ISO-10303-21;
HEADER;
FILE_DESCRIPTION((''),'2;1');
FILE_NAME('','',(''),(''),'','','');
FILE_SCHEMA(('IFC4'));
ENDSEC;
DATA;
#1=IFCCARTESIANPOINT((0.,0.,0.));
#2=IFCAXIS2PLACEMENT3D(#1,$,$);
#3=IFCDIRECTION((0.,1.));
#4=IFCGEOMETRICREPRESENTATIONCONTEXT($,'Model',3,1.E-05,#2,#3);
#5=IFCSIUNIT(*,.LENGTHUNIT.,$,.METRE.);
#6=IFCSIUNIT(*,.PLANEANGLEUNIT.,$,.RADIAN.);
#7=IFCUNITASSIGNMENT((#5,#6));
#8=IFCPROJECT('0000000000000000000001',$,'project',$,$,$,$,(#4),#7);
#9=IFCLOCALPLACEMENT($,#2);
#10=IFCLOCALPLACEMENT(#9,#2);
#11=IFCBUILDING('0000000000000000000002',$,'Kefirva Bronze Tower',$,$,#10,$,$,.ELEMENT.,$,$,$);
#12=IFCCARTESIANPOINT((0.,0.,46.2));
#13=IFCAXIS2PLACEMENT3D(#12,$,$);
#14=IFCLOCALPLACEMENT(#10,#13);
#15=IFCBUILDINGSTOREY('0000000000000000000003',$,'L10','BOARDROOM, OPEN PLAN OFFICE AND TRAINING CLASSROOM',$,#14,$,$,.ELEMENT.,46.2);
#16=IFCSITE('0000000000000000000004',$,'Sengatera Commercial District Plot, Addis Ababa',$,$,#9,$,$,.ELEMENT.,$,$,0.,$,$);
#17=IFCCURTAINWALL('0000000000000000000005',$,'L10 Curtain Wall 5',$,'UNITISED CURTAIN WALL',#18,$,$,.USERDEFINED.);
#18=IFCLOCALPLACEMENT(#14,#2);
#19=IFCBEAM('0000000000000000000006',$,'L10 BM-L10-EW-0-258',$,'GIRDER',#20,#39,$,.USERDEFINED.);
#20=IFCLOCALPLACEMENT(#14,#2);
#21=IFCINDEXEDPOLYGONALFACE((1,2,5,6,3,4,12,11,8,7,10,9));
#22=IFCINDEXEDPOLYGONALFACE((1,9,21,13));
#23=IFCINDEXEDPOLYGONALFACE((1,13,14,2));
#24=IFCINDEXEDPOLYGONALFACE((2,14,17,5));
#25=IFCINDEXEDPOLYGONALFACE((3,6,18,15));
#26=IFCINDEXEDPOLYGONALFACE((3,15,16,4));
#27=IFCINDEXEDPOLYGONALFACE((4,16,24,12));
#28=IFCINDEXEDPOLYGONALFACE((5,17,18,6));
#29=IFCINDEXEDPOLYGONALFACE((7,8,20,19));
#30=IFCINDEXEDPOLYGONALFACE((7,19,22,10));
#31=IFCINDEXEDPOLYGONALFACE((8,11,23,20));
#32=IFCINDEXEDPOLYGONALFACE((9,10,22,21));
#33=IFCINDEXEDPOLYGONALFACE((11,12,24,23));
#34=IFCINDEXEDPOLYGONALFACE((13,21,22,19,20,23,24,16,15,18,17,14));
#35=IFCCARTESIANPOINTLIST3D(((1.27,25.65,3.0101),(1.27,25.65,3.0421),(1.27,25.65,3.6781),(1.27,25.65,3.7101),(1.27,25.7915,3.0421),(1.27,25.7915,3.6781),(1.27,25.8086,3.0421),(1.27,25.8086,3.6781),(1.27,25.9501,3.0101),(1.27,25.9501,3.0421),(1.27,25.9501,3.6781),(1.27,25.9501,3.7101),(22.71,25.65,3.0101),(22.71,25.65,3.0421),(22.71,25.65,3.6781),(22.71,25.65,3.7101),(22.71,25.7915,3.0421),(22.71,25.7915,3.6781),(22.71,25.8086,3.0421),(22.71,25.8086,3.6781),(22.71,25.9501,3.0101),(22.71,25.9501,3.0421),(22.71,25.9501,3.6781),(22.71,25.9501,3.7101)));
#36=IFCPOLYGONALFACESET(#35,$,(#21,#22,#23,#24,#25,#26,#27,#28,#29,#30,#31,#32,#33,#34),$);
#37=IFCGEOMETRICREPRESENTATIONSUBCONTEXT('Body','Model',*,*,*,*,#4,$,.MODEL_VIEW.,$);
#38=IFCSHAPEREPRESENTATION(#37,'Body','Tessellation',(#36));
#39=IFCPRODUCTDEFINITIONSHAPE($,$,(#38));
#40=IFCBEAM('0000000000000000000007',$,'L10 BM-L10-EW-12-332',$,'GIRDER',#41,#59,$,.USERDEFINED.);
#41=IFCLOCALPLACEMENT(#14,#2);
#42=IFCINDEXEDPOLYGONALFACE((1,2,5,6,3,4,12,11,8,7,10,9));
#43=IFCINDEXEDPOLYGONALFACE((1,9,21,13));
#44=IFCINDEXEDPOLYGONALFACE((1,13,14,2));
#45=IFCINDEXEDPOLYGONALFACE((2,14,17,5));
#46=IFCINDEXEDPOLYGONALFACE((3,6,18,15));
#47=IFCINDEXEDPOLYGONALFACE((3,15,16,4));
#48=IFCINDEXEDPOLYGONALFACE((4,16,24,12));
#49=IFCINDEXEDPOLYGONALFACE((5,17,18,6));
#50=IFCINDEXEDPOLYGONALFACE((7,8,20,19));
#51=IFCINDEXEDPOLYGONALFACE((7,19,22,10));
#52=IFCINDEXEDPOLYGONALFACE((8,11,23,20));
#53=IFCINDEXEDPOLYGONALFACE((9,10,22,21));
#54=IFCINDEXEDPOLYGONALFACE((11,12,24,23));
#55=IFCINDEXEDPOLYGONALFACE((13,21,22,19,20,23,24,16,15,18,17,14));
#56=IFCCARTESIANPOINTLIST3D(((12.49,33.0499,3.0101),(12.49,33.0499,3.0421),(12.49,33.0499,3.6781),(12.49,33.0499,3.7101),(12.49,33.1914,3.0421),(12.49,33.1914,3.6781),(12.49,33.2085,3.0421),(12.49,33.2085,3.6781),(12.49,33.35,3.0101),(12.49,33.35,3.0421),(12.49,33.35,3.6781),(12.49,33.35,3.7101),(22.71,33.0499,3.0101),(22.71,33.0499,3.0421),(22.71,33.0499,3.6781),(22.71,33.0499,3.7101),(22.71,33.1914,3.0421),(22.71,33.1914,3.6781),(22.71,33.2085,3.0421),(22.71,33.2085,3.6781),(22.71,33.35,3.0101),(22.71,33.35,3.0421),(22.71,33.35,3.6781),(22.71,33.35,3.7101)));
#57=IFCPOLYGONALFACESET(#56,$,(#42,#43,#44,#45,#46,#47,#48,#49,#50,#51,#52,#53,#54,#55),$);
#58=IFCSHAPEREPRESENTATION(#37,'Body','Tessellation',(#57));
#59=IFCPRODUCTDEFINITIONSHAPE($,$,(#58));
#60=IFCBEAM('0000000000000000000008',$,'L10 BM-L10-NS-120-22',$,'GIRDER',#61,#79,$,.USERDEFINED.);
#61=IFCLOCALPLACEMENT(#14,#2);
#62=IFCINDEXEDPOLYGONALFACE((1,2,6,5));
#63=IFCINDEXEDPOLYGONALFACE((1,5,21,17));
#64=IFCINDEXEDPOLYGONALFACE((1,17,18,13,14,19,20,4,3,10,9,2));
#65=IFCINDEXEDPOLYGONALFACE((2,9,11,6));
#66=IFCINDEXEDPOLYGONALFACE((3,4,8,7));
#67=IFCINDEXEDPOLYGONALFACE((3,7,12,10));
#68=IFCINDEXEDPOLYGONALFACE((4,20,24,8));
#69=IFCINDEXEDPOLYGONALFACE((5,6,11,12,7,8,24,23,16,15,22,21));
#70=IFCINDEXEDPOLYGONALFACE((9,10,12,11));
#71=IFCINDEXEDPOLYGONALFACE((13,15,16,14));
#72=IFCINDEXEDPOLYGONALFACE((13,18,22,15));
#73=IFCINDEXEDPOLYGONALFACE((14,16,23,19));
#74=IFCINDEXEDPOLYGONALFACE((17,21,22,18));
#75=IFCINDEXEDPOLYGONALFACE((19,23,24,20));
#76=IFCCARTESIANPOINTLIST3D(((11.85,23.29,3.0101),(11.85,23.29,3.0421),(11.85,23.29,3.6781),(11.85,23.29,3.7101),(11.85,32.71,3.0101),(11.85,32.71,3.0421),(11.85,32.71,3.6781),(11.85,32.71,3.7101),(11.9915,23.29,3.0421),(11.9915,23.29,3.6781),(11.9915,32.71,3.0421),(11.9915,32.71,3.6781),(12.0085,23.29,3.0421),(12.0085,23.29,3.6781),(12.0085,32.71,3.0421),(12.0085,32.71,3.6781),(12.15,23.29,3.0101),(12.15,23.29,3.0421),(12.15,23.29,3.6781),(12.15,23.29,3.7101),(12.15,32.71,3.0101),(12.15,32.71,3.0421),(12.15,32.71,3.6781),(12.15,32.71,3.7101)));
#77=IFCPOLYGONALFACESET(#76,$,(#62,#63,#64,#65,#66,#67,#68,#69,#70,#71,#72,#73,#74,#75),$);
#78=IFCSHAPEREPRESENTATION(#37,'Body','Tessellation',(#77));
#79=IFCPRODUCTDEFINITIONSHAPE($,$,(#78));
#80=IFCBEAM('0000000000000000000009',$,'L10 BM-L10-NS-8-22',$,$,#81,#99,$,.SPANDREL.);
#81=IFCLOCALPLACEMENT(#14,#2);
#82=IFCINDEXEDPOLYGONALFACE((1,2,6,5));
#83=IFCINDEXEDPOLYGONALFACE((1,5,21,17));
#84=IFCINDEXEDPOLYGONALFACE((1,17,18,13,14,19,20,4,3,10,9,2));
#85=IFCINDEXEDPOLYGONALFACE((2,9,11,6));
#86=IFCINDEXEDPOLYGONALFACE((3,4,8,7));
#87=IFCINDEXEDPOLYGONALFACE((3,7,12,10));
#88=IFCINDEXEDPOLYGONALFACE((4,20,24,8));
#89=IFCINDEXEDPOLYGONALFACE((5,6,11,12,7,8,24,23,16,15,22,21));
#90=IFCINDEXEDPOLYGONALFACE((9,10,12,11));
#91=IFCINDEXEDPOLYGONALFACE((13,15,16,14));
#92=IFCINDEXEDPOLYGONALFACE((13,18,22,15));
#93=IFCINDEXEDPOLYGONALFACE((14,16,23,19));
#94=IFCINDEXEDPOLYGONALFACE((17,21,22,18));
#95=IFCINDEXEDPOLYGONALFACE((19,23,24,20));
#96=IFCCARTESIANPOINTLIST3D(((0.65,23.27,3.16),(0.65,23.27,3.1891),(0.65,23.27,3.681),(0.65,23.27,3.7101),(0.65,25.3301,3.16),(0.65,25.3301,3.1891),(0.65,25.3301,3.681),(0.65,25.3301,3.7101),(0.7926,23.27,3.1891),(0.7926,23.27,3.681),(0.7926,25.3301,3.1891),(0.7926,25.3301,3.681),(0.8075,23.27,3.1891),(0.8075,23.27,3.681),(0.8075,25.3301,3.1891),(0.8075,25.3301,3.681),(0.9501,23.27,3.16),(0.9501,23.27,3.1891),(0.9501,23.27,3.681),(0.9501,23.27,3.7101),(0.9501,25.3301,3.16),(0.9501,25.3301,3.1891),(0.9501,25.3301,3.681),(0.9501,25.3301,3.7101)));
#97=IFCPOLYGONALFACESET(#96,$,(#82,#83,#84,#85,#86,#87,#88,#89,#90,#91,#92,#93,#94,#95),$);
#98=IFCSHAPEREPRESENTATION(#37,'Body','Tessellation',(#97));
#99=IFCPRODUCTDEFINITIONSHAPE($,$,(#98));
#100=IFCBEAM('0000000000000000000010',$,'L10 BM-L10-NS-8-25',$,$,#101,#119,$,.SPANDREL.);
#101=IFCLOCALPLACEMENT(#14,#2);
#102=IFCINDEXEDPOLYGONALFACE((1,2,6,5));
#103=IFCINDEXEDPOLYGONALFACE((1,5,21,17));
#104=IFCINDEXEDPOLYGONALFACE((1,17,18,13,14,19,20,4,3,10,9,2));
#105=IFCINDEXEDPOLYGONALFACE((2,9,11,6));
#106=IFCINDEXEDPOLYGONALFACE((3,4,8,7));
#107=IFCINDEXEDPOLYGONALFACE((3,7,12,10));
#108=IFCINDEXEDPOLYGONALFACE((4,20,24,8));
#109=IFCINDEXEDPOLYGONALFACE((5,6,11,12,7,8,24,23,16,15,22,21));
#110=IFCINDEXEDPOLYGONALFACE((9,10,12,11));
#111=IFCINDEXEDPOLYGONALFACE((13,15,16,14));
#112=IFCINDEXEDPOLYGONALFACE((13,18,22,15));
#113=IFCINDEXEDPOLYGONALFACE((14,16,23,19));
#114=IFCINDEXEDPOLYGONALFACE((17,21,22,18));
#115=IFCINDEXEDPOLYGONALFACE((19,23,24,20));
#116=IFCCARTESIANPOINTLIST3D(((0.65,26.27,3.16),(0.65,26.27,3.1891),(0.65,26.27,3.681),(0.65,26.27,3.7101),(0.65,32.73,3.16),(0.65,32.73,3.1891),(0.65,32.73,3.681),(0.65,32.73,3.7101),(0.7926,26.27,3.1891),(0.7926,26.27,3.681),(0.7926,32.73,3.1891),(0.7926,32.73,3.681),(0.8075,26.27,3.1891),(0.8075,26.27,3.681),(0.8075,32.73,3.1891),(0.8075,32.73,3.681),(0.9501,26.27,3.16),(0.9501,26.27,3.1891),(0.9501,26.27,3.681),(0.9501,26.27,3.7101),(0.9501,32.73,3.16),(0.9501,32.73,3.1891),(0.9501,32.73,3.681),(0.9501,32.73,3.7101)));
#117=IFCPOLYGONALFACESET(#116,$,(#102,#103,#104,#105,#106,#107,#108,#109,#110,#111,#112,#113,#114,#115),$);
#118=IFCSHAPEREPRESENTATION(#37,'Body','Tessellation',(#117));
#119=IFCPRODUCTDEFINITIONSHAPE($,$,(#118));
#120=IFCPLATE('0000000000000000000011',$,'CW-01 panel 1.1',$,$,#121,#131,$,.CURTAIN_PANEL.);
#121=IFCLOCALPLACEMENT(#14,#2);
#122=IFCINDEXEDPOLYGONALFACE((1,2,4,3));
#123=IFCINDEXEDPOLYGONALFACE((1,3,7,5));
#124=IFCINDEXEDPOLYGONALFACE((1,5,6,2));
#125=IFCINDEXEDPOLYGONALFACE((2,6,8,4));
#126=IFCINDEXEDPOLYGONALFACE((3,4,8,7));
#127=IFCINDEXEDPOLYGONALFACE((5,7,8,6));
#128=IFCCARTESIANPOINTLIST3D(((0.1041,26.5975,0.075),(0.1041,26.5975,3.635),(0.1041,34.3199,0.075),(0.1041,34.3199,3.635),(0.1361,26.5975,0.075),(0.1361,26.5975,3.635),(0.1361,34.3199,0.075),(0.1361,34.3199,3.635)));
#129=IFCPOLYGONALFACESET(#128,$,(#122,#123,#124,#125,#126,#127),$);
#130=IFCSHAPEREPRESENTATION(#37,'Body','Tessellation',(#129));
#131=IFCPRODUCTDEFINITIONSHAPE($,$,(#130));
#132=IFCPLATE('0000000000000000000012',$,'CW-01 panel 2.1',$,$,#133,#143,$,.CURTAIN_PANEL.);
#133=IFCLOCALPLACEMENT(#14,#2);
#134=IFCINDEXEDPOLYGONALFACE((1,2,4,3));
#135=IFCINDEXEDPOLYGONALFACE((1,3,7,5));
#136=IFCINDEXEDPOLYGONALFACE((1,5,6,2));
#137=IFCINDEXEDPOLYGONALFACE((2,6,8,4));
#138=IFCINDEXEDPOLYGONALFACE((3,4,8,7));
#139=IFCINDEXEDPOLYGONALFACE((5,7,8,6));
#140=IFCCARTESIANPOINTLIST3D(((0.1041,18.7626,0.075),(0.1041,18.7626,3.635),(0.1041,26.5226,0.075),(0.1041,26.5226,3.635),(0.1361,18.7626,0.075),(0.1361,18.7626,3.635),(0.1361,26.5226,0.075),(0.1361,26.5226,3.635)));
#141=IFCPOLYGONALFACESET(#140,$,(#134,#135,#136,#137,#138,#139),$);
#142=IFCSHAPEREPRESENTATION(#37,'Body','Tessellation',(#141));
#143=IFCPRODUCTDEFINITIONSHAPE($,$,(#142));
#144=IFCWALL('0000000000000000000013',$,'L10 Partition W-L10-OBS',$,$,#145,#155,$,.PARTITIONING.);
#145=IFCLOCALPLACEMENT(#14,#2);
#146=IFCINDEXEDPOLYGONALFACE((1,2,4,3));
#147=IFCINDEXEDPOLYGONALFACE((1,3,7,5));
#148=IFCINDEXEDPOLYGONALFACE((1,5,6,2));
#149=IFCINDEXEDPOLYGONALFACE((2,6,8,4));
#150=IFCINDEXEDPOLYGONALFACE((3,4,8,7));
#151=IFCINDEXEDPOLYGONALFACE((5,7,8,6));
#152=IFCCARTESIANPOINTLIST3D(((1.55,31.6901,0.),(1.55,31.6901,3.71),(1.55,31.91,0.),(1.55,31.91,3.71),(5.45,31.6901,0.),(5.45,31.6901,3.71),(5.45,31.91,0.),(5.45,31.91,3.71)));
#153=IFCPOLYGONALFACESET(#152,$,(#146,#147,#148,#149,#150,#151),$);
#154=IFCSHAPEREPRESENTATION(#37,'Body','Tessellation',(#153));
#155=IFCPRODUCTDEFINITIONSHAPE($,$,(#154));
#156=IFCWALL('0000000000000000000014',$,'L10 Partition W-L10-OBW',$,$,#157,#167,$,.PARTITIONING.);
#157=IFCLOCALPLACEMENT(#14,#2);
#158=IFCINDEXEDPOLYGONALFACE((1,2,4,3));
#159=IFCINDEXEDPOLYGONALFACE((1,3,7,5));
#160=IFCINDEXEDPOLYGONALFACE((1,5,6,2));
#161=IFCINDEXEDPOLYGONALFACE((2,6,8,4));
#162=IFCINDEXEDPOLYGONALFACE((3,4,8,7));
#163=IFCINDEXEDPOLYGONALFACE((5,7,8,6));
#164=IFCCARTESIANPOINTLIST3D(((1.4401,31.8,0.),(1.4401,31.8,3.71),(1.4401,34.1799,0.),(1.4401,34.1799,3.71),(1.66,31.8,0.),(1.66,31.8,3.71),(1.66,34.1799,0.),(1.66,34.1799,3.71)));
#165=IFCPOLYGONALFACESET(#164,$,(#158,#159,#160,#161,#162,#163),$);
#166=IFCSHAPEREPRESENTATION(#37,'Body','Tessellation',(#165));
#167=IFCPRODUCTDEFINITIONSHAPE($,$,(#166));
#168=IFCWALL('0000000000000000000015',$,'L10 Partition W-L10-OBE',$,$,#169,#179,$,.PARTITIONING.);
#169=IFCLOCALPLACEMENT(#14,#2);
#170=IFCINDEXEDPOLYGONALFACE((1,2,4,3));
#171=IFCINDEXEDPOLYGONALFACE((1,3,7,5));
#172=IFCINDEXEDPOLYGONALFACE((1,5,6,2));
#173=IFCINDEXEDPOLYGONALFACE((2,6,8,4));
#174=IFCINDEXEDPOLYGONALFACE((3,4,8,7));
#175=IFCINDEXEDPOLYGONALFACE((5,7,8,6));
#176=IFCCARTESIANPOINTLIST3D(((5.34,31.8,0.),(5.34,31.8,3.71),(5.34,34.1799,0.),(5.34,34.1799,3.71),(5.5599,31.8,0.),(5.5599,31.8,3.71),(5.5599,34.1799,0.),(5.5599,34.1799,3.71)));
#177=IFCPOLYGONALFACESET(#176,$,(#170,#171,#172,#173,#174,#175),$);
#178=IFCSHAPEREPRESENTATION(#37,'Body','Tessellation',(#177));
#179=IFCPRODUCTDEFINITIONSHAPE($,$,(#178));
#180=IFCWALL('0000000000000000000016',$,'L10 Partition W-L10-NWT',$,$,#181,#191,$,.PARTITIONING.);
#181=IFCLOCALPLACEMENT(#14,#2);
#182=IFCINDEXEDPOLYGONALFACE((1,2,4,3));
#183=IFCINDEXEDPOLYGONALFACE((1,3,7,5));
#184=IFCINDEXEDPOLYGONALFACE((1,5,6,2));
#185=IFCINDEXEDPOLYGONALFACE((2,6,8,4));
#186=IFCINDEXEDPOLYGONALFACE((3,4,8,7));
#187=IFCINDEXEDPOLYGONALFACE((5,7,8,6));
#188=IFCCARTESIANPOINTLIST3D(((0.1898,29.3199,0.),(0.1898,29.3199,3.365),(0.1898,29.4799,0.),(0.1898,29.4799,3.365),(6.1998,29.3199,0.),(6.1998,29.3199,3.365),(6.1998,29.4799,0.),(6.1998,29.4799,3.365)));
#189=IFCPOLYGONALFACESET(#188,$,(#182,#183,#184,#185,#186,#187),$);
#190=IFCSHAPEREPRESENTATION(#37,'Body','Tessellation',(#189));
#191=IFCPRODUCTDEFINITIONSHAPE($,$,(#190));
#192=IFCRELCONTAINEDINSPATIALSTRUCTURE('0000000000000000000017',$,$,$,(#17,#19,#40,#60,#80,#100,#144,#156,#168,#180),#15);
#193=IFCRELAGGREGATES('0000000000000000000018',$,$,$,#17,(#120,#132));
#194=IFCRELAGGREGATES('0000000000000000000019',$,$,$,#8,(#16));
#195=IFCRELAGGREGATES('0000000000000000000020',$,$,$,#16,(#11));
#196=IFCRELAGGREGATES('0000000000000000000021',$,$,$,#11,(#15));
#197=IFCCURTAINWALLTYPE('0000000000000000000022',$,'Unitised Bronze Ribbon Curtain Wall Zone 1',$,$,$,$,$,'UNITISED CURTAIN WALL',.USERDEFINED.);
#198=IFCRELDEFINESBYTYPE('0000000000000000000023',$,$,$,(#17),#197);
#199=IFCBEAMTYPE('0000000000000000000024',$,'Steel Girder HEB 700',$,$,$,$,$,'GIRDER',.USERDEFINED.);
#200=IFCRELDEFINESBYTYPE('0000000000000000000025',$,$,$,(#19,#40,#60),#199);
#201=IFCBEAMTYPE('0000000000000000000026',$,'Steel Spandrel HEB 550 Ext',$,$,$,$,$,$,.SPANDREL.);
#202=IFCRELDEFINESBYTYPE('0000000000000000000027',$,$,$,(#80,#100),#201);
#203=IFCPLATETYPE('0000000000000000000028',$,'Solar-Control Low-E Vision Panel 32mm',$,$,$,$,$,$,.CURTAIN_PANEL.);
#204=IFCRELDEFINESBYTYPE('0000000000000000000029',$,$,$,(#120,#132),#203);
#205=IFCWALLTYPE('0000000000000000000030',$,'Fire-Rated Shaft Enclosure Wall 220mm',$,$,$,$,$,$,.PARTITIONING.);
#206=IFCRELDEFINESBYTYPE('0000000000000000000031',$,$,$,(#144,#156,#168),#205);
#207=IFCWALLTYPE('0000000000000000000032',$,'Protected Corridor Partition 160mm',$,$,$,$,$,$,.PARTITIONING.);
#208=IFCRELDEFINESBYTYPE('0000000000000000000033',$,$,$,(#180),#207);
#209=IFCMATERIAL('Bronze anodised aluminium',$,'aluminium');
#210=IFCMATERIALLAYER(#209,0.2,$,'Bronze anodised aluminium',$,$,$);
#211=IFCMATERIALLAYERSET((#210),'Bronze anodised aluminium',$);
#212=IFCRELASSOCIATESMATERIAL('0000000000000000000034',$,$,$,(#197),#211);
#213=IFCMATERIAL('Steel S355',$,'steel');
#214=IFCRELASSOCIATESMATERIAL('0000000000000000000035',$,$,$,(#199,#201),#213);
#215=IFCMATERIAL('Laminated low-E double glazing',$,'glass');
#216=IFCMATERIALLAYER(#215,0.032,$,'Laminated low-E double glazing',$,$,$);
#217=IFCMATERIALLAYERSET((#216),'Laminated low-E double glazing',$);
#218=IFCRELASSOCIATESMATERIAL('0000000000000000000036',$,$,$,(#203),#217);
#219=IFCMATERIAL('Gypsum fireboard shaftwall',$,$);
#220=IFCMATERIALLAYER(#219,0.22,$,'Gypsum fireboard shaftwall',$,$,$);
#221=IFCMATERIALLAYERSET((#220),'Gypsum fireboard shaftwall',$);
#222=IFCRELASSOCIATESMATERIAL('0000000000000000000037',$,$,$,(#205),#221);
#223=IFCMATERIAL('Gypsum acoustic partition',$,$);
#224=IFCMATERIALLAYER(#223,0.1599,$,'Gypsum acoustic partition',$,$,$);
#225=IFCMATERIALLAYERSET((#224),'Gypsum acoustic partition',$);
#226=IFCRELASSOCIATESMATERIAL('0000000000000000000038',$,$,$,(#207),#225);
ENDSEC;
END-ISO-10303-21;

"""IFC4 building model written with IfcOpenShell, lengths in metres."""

from ifc_helpers import new_model, si_unit, direction, frame, frame_2d, origin, origin_2d, place, context, subcontext, project, spatial, rectangle, i_section, extrude, material, layer, layer_set, material_profile, profile_set, type_object, element, aggregate, save


model = new_model("IFC4")

# Units and contexts
model_context = context("Model", 3, precision=1e-05, world=origin(), true_north=direction((0.0, 1.0)))
body_context = subcontext(model_context, "Body", "Model", "MODEL_VIEW")
ifc_project = project(units=[si_unit("LENGTHUNIT", "METRE"), si_unit("PLANEANGLEUNIT", "RADIAN")], contexts=[model_context])

# Site, building, storey
site_placement = place(None, origin())
site = spatial("IfcSite", under=ifc_project, at=site_placement, Name="Sengatera Commercial District Plot, Addis Ababa", CompositionType="ELEMENT", RefElevation=0.0)
building_placement = place(site_placement, origin())
building = spatial("IfcBuilding", under=site, at=building_placement, Name="Kefirva Bronze Tower", CompositionType="ELEMENT")
storey_placement = place(building_placement, frame((0.0, 0.0, 46.2)))
storey = spatial("IfcBuildingStorey", under=building, at=storey_placement, Name="L10", Description="BOARDROOM, OPEN PLAN OFFICE AND TRAINING CLASSROOM", CompositionType="ELEMENT", Elevation=46.2)

# Curtain wall
ifc_material_1 = material(Name="Bronze anodised aluminium", Category="aluminium")
ifc_layer_1 = layer(ifc_material_1, 0.2, Name="Bronze anodised aluminium")
ifc_layer_set_1 = layer_set([ifc_layer_1], Name="Bronze anodised aluminium")
curtain_wall_type = type_object("IfcCurtainWallType", Name="Unitised Bronze Ribbon Curtain Wall Zone 1", ElementType="UNITISED CURTAIN WALL", PredefinedType="USERDEFINED", material=ifc_layer_set_1)
curtain_wall_placement = place(storey_placement, origin())
curtain_wall = element("IfcCurtainWall", 1, at=curtain_wall_placement, inside=storey, type_object=curtain_wall_type, Name="L10 Curtain Wall 5", ObjectType="UNITISED CURTAIN WALL", PredefinedType="USERDEFINED")

# Beams
ifc_material_2 = material(Name="Steel S355", Category="steel")
ifc_material_profile_1 = material_profile(ifc_material_2, i_section(OverallWidth=0.3, OverallDepth=0.7, WebThickness=0.0171, FlangeThickness=0.032, at=origin_2d()), Name="HEB 700")
ifc_profile_set_1 = profile_set([ifc_material_profile_1], Name="Steel S355")
beam_type_1 = type_object("IfcBeamType", Name="Steel Girder HEB 700", ElementType="GIRDER", PredefinedType="USERDEFINED", material=ifc_profile_set_1)
beam_1_placement = place(storey_placement, frame((1.27, 25.8, 3.3601), z_axis=(1.0, 0.0, 0.0), x_axis=(0.0, 1.0, 0.0)))
element("IfcBeam", 2, at=beam_1_placement, inside=storey, type_object=beam_type_1, Name="L10 BM-L10-EW-0-258", ObjectType="GIRDER", PredefinedType="USERDEFINED", context=body_context, shape_type="SweptSolid", body=[
    extrude(i_section(OverallWidth=0.3, OverallDepth=0.7, WebThickness=0.0171, FlangeThickness=0.032, at=origin_2d()), origin(), (0.0, 0.0, 1.0), 21.4399),
])
beam_2_placement = place(storey_placement, frame((12.49, 33.2, 3.3601), z_axis=(1.0, 0.0, 0.0), x_axis=(0.0, 1.0, 0.0)))
element("IfcBeam", 3, at=beam_2_placement, inside=storey, type_object=beam_type_1, Name="L10 BM-L10-EW-12-332", ObjectType="GIRDER", PredefinedType="USERDEFINED", context=body_context, shape_type="SweptSolid", body=[
    extrude(i_section(OverallWidth=0.3, OverallDepth=0.7, WebThickness=0.0171, FlangeThickness=0.032, at=origin_2d()), origin(), (0.0, 0.0, 1.0), 10.22),
])
beam_3_placement = place(storey_placement, frame((12.0, 23.29, 3.3601), z_axis=(0.0, 1.0, 0.0), x_axis=(-1.0, 0.0, 0.0)))
element("IfcBeam", 4, at=beam_3_placement, inside=storey, type_object=beam_type_1, Name="L10 BM-L10-NS-120-22", ObjectType="GIRDER", PredefinedType="USERDEFINED", context=body_context, shape_type="SweptSolid", body=[
    extrude(i_section(OverallWidth=0.3, OverallDepth=0.7, WebThickness=0.0171, FlangeThickness=0.032, at=origin_2d()), origin(), (0.0, 0.0, 1.0), 9.4199),
])
ifc_material_profile_2 = material_profile(ifc_material_2, i_section(OverallWidth=0.3, OverallDepth=0.55, WebThickness=0.0149, FlangeThickness=0.0291, at=origin_2d()), Name="HEB 550")
ifc_profile_set_2 = profile_set([ifc_material_profile_2], Name="Steel S355")
beam_type_2 = type_object("IfcBeamType", Name="Steel Spandrel HEB 550 Ext", PredefinedType="SPANDREL", material=ifc_profile_set_2)
beam_4_placement = place(storey_placement, frame((0.8, 23.27, 3.4351), z_axis=(0.0, 1.0, 0.0), x_axis=(-1.0, 0.0, 0.0)))
element("IfcBeam", 5, at=beam_4_placement, inside=storey, type_object=beam_type_2, Name="L10 BM-L10-NS-8-22", PredefinedType="SPANDREL", context=body_context, shape_type="SweptSolid", body=[
    extrude(i_section(OverallWidth=0.3, OverallDepth=0.55, WebThickness=0.0149, FlangeThickness=0.0291, at=origin_2d()), origin(), (0.0, 0.0, 1.0), 2.0601),
])
beam_5_placement = place(storey_placement, frame((0.8, 26.27, 3.4351), z_axis=(0.0, 1.0, 0.0), x_axis=(-1.0, 0.0, 0.0)))
element("IfcBeam", 6, at=beam_5_placement, inside=storey, type_object=beam_type_2, Name="L10 BM-L10-NS-8-25", PredefinedType="SPANDREL", context=body_context, shape_type="SweptSolid", body=[
    extrude(i_section(OverallWidth=0.3, OverallDepth=0.55, WebThickness=0.0149, FlangeThickness=0.0291, at=origin_2d()), origin(), (0.0, 0.0, 1.0), 6.46),
])

# Plates
ifc_material_3 = material(Name="Laminated low-E double glazing", Category="glass")
ifc_layer_2 = layer(ifc_material_3, 0.032, Name="Laminated low-E double glazing")
ifc_layer_set_2 = layer_set([ifc_layer_2], Name="Laminated low-E double glazing")
plate_type = type_object("IfcPlateType", Name="Solar-Control Low-E Vision Panel 32mm", PredefinedType="CURTAIN_PANEL", material=ifc_layer_set_2)
plate_1_placement = place(storey_placement, frame((0.1201, 30.4587, 0.075), z_axis=(0.0, 0.0, 1.0), x_axis=(0.0, -1.0, 0.0)))
plate_1 = element("IfcPlate", 7, at=plate_1_placement, type_object=plate_type, Name="CW-01 panel 1.1", PredefinedType="CURTAIN_PANEL", context=body_context, shape_type="SweptSolid", body=[
    extrude(rectangle(XDim=7.7224, YDim=0.032, at=origin_2d()), origin(), (0.0, 0.0, 1.0), 3.5601),
])
plate_2_placement = place(storey_placement, frame((0.1201, 22.6426, 0.075), z_axis=(0.0, 0.0, 1.0), x_axis=(0.0, -1.0, 0.0)))
plate_2 = element("IfcPlate", 8, at=plate_2_placement, type_object=plate_type, Name="CW-01 panel 2.1", PredefinedType="CURTAIN_PANEL", context=body_context, shape_type="SweptSolid", body=[
    extrude(rectangle(XDim=7.76, YDim=0.032, at=origin_2d()), origin(), (0.0, 0.0, 1.0), 3.5601),
])
aggregate(curtain_wall, [plate_1, plate_2])

# Walls
ifc_material_4 = material(Name="Gypsum fireboard shaftwall")
ifc_layer_3 = layer(ifc_material_4, 0.22, Name="Gypsum fireboard shaftwall")
ifc_layer_set_3 = layer_set([ifc_layer_3], Name="Gypsum fireboard shaftwall")
wall_type_1 = type_object("IfcWallType", Name="Fire-Rated Shaft Enclosure Wall 220mm", PredefinedType="PARTITIONING", material=ifc_layer_set_3)
wall_1_placement = place(storey_placement, frame((1.55, 31.8, 0.0), z_axis=(0.0, 0.0, 1.0), x_axis=(1.0, 0.0, 0.0)))
element("IfcWall", 9, at=wall_1_placement, inside=storey, type_object=wall_type_1, Name="L10 Partition W-L10-OBS", PredefinedType="PARTITIONING", context=body_context, shape_type="SweptSolid", body=[
    extrude(rectangle(XDim=3.8999, YDim=0.22, at=frame_2d((1.95, 0.0))), origin(), (0.0, 0.0, 1.0), 3.71),
])
for number, where, z_axis, x_axis, name in (
    (10, (1.55, 31.8, 0.0), (0.0, 0.0, 1.0), (0.0, 1.0, 0.0), "L10 Partition W-L10-OBW"),
    (11, (5.45, 31.8, 0.0), (0.0, 0.0, 1.0), (0.0, 1.0, 0.0), "L10 Partition W-L10-OBE"),
):
    element("IfcWall", number, at=place(storey_placement, frame(where, z_axis=z_axis, x_axis=x_axis)), inside=storey, type_object=wall_type_1, Name=name, PredefinedType="PARTITIONING", context=body_context, shape_type="SweptSolid", body=[
        extrude(rectangle(XDim=2.3799, YDim=0.22, at=frame_2d((1.1899, 0.0))), origin(), (0.0, 0.0, 1.0), 3.71),
    ])
ifc_material_5 = material(Name="Gypsum acoustic partition")
ifc_layer_4 = layer(ifc_material_5, 0.1599, Name="Gypsum acoustic partition")
ifc_layer_set_4 = layer_set([ifc_layer_4], Name="Gypsum acoustic partition")
wall_type_2 = type_object("IfcWallType", Name="Protected Corridor Partition 160mm", PredefinedType="PARTITIONING", material=ifc_layer_set_4)
wall_2_placement = place(storey_placement, frame((0.1899, 29.3999, 0.0), z_axis=(0.0, 0.0, 1.0), x_axis=(1.0, 0.0, 0.0)))
element("IfcWall", 12, at=wall_2_placement, inside=storey, type_object=wall_type_2, Name="L10 Partition W-L10-NWT", PredefinedType="PARTITIONING", context=body_context, shape_type="SweptSolid", body=[
    extrude(rectangle(XDim=6.01, YDim=0.1599, at=frame_2d((3.0049, 0.0))), origin(), (0.0, 0.0, 1.0), 3.365),
])

save(model, "model.ifc")
